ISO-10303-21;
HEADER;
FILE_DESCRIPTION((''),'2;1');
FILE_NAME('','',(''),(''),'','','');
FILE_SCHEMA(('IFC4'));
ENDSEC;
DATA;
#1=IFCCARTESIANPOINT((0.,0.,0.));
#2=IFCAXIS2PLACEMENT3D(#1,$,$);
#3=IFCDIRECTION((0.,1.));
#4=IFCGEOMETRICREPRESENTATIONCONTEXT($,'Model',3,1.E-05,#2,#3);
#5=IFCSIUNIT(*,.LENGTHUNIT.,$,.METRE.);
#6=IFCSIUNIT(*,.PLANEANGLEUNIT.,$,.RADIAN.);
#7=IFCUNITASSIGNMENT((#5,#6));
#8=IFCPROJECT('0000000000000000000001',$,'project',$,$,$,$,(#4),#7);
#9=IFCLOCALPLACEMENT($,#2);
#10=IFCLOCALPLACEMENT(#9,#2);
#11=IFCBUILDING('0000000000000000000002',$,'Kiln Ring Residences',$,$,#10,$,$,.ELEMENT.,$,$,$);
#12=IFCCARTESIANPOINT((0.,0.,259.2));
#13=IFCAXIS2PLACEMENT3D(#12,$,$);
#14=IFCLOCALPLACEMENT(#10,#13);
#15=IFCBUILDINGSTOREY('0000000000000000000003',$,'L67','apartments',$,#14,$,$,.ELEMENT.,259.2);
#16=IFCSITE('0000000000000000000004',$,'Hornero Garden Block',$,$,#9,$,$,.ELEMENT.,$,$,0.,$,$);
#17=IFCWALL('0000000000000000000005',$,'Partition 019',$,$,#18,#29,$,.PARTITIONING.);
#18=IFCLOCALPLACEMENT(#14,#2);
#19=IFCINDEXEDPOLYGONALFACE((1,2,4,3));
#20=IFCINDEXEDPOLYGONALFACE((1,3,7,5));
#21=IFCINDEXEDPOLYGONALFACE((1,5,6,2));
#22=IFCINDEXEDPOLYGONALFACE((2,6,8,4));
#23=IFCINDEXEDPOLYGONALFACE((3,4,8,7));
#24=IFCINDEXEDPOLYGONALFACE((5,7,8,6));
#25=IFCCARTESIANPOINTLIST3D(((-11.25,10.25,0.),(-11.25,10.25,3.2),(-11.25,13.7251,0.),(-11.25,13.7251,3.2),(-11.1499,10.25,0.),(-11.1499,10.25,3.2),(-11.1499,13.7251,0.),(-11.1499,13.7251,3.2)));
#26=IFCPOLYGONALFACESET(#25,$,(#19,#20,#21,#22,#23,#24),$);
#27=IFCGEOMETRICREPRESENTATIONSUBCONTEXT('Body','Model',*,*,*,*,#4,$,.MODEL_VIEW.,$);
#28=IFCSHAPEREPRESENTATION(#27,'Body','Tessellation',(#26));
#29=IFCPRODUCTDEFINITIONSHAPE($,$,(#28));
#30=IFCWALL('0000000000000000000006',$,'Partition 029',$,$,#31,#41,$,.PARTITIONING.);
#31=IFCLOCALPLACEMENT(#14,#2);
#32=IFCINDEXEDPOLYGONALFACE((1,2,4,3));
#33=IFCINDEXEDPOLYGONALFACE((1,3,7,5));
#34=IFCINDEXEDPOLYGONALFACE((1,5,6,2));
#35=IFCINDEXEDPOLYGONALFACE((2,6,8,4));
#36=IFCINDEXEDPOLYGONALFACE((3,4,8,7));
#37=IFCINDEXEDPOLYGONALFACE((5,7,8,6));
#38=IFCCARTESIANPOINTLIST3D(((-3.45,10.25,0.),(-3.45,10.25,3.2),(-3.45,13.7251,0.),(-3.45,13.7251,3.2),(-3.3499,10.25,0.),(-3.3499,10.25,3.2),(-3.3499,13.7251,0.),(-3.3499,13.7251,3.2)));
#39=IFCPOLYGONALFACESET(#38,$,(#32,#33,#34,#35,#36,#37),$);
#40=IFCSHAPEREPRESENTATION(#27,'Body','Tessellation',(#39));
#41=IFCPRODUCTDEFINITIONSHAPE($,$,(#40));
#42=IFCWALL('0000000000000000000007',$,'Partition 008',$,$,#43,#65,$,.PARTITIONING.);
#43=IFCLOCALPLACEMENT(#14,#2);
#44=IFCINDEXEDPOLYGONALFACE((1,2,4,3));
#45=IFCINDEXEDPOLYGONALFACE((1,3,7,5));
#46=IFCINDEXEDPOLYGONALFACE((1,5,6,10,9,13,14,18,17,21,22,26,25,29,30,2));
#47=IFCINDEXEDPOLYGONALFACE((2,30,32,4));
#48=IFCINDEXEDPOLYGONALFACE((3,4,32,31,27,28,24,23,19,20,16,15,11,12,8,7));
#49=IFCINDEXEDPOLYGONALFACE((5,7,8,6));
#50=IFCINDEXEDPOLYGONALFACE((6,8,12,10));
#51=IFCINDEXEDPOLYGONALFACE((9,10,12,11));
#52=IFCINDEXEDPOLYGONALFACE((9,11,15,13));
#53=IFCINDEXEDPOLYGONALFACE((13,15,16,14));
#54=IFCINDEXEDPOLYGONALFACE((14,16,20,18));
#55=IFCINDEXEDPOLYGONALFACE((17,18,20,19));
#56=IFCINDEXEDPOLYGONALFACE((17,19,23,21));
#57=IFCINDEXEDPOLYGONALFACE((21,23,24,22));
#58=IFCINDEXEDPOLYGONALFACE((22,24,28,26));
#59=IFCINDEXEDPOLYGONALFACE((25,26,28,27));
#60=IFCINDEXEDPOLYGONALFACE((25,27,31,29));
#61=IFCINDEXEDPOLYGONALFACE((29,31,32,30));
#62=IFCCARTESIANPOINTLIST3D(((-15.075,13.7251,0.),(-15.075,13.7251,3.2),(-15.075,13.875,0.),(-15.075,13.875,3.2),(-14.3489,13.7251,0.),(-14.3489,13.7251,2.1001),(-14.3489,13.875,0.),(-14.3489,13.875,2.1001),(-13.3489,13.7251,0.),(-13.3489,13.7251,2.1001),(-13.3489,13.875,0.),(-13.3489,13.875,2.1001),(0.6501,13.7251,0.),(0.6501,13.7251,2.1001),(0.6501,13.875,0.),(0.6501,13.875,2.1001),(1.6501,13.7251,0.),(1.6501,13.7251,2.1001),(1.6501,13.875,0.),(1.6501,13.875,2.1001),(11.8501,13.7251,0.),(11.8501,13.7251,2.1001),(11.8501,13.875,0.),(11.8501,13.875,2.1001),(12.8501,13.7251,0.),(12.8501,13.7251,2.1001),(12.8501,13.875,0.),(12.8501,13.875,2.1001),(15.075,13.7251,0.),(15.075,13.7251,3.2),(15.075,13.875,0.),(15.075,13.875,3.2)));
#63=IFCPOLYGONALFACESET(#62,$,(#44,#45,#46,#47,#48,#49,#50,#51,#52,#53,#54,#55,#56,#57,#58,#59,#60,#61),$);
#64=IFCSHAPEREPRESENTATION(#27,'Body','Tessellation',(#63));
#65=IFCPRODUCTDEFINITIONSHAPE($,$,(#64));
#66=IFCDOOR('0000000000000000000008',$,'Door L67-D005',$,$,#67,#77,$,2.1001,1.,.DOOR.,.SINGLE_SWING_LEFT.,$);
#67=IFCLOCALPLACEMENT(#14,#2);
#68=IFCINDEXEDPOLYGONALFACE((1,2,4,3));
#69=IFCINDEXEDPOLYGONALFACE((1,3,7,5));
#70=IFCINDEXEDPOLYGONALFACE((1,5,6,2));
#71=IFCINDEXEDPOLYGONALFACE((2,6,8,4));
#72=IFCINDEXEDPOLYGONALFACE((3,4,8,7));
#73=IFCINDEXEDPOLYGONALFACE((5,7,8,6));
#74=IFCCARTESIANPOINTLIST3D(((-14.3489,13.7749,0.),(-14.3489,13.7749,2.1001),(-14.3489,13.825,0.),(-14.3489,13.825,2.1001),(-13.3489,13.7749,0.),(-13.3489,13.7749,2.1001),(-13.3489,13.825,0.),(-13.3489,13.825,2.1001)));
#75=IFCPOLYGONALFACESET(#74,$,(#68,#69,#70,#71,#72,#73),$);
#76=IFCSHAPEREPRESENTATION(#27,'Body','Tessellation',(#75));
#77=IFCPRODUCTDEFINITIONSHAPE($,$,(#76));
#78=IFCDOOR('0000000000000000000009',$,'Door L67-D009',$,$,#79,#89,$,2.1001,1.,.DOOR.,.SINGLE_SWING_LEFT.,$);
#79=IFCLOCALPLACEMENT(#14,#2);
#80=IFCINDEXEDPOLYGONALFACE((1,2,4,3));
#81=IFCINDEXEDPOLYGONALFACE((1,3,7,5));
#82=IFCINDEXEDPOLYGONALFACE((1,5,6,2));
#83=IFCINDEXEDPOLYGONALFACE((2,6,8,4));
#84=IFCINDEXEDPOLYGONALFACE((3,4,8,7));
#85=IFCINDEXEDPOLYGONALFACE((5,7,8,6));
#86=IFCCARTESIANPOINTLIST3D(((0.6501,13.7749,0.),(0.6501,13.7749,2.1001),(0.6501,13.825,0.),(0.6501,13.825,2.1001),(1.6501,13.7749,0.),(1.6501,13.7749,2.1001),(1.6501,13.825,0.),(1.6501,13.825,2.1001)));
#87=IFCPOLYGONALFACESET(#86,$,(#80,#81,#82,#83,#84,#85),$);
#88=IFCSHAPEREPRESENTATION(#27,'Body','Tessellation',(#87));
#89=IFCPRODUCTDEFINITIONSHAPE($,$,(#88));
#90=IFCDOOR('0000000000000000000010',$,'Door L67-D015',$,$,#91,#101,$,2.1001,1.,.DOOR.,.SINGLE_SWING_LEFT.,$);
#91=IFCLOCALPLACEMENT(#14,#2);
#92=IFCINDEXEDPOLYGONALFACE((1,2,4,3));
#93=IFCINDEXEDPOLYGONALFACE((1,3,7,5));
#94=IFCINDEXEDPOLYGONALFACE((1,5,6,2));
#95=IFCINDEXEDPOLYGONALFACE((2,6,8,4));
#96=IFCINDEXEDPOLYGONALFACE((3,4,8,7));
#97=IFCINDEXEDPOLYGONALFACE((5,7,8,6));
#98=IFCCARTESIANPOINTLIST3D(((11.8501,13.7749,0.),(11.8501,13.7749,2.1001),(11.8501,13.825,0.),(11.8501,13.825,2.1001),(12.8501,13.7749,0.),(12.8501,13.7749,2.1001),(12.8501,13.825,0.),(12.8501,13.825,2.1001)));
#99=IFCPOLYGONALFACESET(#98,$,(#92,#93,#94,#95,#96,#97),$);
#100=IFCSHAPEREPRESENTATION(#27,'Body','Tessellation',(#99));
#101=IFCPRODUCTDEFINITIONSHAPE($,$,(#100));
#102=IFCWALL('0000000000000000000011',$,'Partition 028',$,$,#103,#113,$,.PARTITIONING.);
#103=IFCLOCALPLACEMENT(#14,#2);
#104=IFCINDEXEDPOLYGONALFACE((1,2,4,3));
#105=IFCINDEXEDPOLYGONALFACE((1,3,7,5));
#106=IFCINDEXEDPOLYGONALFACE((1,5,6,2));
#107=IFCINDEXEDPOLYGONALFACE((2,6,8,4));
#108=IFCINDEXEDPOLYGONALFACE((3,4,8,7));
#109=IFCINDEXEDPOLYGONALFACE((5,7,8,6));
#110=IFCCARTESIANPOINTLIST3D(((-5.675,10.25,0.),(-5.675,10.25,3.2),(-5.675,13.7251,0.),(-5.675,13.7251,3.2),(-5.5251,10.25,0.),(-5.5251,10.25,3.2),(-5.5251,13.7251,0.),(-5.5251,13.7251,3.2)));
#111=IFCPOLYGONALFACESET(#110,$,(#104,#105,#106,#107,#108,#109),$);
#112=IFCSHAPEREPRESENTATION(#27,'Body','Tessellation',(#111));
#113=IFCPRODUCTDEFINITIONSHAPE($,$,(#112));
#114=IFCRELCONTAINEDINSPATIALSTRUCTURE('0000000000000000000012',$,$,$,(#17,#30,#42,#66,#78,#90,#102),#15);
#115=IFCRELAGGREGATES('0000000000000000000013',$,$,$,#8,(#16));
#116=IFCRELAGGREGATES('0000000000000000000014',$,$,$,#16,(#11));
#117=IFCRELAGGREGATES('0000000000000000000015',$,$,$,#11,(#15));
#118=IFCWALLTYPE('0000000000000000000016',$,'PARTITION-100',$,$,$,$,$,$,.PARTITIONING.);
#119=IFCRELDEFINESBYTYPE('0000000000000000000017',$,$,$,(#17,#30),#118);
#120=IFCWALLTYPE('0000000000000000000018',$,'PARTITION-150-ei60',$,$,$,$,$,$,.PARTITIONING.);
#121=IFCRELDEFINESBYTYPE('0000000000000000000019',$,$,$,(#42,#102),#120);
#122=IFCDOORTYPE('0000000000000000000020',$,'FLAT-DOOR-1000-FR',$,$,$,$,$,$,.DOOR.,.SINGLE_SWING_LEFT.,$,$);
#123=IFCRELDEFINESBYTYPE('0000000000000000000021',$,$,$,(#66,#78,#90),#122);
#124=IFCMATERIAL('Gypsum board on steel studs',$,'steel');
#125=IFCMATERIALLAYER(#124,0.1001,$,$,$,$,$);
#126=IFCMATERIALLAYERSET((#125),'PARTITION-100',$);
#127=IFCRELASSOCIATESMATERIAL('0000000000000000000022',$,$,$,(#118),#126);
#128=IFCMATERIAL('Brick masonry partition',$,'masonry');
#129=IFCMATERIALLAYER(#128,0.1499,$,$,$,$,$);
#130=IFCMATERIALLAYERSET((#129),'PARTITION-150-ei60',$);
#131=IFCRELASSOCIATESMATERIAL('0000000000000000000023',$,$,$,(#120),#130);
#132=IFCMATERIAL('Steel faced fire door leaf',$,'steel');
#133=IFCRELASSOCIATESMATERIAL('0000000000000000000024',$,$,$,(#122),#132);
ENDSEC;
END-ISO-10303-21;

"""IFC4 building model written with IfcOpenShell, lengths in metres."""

from ifc_helpers import new_model, si_unit, direction, frame, frame_2d, origin, place, context, subcontext, project, spatial, rectangle, extrude, material, layer, layer_set, type_object, element, fill, save


model = new_model("IFC4")

# Units and contexts
model_context = context("Model", 3, precision=1e-05, world=origin(), true_north=direction((0.0, 1.0)))
body_context = subcontext(model_context, "Body", "Model", "MODEL_VIEW")
ifc_project = project(units=[si_unit("LENGTHUNIT", "METRE"), si_unit("PLANEANGLEUNIT", "RADIAN")], contexts=[model_context])

# Site, building, storey
site_placement = place(None, origin())
site = spatial("IfcSite", under=ifc_project, at=site_placement, Name="Hornero Garden Block", CompositionType="ELEMENT", RefElevation=0.0)
building_placement = place(site_placement, origin())
building = spatial("IfcBuilding", under=site, at=building_placement, Name="Kiln Ring Residences", CompositionType="ELEMENT")
storey_placement = place(building_placement, frame((0.0, 0.0, 259.2)))
storey = spatial("IfcBuildingStorey", under=building, at=storey_placement, Name="L67", Description="apartments", CompositionType="ELEMENT", Elevation=259.2)

# Shared definitions
ifc_material_1 = material(Name="Gypsum board on steel studs", Category="steel")
ifc_layer_1 = layer(ifc_material_1, 0.1001)
ifc_layer_set_1 = layer_set([ifc_layer_1], Name="PARTITION-100")
wall_type_1 = type_object("IfcWallType", Name="PARTITION-100", PredefinedType="PARTITIONING", material=ifc_layer_set_1)

# Walls
for number, where, z_axis, x_axis, name in (
    (1, (-11.2, 10.25, 0.0), (0.0, 0.0, 1.0), (0.0, 1.0, 0.0), "Partition 019"),
    (2, (-3.3999, 10.25, 0.0), (0.0, 0.0, 1.0), (0.0, 1.0, 0.0), "Partition 029"),
):
    element("IfcWall", number, at=place(storey_placement, frame(where, z_axis=z_axis, x_axis=x_axis)), inside=storey, type_object=wall_type_1, Name=name, PredefinedType="PARTITIONING", context=body_context, shape_type="SweptSolid", body=[
        extrude(rectangle(XDim=3.4751, YDim=0.1001, at=frame_2d((1.7375, 0.0))), origin(), (0.0, 0.0, 1.0), 3.2),
    ])

# Wall, openings, doors
ifc_material_2 = material(Name="Brick masonry partition", Category="masonry")
ifc_layer_2 = layer(ifc_material_2, 0.1499)
ifc_layer_set_2 = layer_set([ifc_layer_2], Name="PARTITION-150-ei60")
wall_type_2 = type_object("IfcWallType", Name="PARTITION-150-ei60", PredefinedType="PARTITIONING", material=ifc_layer_set_2)
wall_1_placement = place(storey_placement, frame((-15.075, 13.8, 0.0), z_axis=(0.0, 0.0, 1.0), x_axis=(1.0, 0.0, 0.0)))
wall_1 = element("IfcWall", 3, at=wall_1_placement, inside=storey, type_object=wall_type_2, Name="Partition 008", PredefinedType="PARTITIONING", context=body_context, shape_type="SweptSolid", body=[
    extrude(rectangle(XDim=30.1499, YDim=0.1499, at=frame_2d((15.075, 0.0))), origin(), (0.0, 0.0, 1.0), 3.2),
])
opening_1_placement = place(wall_1_placement, frame((0.7261, 0.0, 0.0)))
opening_1 = element("IfcOpeningElement", 4, at=opening_1_placement, cuts=wall_1, PredefinedType="OPENING", context=body_context, shape_type="SweptSolid", body=[
    extrude(rectangle(XDim=1.0, YDim=2.1001, at=frame_2d((0.5, 1.05))), frame((0.0, 0.085, 0.0), z_axis=(0.0, -1.0, 0.0), x_axis=(1.0, 0.0, 0.0)), (0.0, 0.0, 1.0), 0.1699),
])
opening_2_placement = place(wall_1_placement, frame((15.7251, 0.0, 0.0)))
opening_2 = element("IfcOpeningElement", 5, at=opening_2_placement, cuts=wall_1, PredefinedType="OPENING", context=body_context, shape_type="SweptSolid", body=[
    extrude(rectangle(XDim=1.0, YDim=2.1001, at=frame_2d((0.5, 1.05))), frame((0.0, 0.085, 0.0), z_axis=(0.0, -1.0, 0.0), x_axis=(1.0, 0.0, 0.0)), (0.0, 0.0, 1.0), 0.1699),
])
opening_3_placement = place(wall_1_placement, frame((26.925, 0.0, 0.0)))
opening_3 = element("IfcOpeningElement", 6, at=opening_3_placement, cuts=wall_1, PredefinedType="OPENING", context=body_context, shape_type="SweptSolid", body=[
    extrude(rectangle(XDim=1.0, YDim=2.1001, at=frame_2d((0.5, 1.05))), frame((0.0, 0.085, 0.0), z_axis=(0.0, -1.0, 0.0), x_axis=(1.0, 0.0, 0.0)), (0.0, 0.0, 1.0), 0.1699),
])
ifc_material_3 = material(Name="Steel faced fire door leaf", Category="steel")
door_type_1 = type_object("IfcDoorType", Name="FLAT-DOOR-1000-FR", OperationType="SINGLE_SWING_LEFT", PredefinedType="DOOR", material=ifc_material_3)
door_1_placement = place(opening_1_placement, origin())
door_1 = element("IfcDoor", 7, at=door_1_placement, inside=storey, type_object=door_type_1, Name="Door L67-D005", OperationType="SINGLE_SWING_LEFT", OverallHeight=2.1001, OverallWidth=1.0, PredefinedType="DOOR", context=body_context, shape_type="SweptSolid", body=[
    extrude(rectangle(XDim=1.0, YDim=2.1001, at=frame_2d((0.5, 1.05))), frame((0.0, 0.0249, 0.0), z_axis=(0.0, -1.0, 0.0), x_axis=(1.0, 0.0, 0.0)), (0.0, 0.0, 1.0), 0.05),
])
fill(opening_1, door_1)
door_2_placement = place(opening_2_placement, origin())
door_2 = element("IfcDoor", 8, at=door_2_placement, inside=storey, type_object=door_type_1, Name="Door L67-D009", OperationType="SINGLE_SWING_LEFT", OverallHeight=2.1001, OverallWidth=1.0, PredefinedType="DOOR", context=body_context, shape_type="SweptSolid", body=[
    extrude(rectangle(XDim=1.0, YDim=2.1001, at=frame_2d((0.5, 1.05))), frame((0.0, 0.0249, 0.0), z_axis=(0.0, -1.0, 0.0), x_axis=(1.0, 0.0, 0.0)), (0.0, 0.0, 1.0), 0.05),
])
fill(opening_2, door_2)
door_3_placement = place(opening_3_placement, origin())
door_3 = element("IfcDoor", 9, at=door_3_placement, inside=storey, type_object=door_type_1, Name="Door L67-D015", OperationType="SINGLE_SWING_LEFT", OverallHeight=2.1001, OverallWidth=1.0, PredefinedType="DOOR", context=body_context, shape_type="SweptSolid", body=[
    extrude(rectangle(XDim=1.0, YDim=2.1001, at=frame_2d((0.5, 1.05))), frame((0.0, 0.0249, 0.0), z_axis=(0.0, -1.0, 0.0), x_axis=(1.0, 0.0, 0.0)), (0.0, 0.0, 1.0), 0.05),
])
fill(opening_3, door_3)

# Wall
wall_2_placement = place(storey_placement, frame((-5.6001, 10.25, 0.0), z_axis=(0.0, 0.0, 1.0), x_axis=(0.0, 1.0, 0.0)))
element("IfcWall", 10, at=wall_2_placement, inside=storey, type_object=wall_type_2, Name="Partition 028", PredefinedType="PARTITIONING", context=body_context, shape_type="SweptSolid", body=[
    extrude(rectangle(XDim=3.4751, YDim=0.1499, at=frame_2d((1.7375, 0.0))), origin(), (0.0, 0.0, 1.0), 3.2),
])

save(model, "model.ifc")
